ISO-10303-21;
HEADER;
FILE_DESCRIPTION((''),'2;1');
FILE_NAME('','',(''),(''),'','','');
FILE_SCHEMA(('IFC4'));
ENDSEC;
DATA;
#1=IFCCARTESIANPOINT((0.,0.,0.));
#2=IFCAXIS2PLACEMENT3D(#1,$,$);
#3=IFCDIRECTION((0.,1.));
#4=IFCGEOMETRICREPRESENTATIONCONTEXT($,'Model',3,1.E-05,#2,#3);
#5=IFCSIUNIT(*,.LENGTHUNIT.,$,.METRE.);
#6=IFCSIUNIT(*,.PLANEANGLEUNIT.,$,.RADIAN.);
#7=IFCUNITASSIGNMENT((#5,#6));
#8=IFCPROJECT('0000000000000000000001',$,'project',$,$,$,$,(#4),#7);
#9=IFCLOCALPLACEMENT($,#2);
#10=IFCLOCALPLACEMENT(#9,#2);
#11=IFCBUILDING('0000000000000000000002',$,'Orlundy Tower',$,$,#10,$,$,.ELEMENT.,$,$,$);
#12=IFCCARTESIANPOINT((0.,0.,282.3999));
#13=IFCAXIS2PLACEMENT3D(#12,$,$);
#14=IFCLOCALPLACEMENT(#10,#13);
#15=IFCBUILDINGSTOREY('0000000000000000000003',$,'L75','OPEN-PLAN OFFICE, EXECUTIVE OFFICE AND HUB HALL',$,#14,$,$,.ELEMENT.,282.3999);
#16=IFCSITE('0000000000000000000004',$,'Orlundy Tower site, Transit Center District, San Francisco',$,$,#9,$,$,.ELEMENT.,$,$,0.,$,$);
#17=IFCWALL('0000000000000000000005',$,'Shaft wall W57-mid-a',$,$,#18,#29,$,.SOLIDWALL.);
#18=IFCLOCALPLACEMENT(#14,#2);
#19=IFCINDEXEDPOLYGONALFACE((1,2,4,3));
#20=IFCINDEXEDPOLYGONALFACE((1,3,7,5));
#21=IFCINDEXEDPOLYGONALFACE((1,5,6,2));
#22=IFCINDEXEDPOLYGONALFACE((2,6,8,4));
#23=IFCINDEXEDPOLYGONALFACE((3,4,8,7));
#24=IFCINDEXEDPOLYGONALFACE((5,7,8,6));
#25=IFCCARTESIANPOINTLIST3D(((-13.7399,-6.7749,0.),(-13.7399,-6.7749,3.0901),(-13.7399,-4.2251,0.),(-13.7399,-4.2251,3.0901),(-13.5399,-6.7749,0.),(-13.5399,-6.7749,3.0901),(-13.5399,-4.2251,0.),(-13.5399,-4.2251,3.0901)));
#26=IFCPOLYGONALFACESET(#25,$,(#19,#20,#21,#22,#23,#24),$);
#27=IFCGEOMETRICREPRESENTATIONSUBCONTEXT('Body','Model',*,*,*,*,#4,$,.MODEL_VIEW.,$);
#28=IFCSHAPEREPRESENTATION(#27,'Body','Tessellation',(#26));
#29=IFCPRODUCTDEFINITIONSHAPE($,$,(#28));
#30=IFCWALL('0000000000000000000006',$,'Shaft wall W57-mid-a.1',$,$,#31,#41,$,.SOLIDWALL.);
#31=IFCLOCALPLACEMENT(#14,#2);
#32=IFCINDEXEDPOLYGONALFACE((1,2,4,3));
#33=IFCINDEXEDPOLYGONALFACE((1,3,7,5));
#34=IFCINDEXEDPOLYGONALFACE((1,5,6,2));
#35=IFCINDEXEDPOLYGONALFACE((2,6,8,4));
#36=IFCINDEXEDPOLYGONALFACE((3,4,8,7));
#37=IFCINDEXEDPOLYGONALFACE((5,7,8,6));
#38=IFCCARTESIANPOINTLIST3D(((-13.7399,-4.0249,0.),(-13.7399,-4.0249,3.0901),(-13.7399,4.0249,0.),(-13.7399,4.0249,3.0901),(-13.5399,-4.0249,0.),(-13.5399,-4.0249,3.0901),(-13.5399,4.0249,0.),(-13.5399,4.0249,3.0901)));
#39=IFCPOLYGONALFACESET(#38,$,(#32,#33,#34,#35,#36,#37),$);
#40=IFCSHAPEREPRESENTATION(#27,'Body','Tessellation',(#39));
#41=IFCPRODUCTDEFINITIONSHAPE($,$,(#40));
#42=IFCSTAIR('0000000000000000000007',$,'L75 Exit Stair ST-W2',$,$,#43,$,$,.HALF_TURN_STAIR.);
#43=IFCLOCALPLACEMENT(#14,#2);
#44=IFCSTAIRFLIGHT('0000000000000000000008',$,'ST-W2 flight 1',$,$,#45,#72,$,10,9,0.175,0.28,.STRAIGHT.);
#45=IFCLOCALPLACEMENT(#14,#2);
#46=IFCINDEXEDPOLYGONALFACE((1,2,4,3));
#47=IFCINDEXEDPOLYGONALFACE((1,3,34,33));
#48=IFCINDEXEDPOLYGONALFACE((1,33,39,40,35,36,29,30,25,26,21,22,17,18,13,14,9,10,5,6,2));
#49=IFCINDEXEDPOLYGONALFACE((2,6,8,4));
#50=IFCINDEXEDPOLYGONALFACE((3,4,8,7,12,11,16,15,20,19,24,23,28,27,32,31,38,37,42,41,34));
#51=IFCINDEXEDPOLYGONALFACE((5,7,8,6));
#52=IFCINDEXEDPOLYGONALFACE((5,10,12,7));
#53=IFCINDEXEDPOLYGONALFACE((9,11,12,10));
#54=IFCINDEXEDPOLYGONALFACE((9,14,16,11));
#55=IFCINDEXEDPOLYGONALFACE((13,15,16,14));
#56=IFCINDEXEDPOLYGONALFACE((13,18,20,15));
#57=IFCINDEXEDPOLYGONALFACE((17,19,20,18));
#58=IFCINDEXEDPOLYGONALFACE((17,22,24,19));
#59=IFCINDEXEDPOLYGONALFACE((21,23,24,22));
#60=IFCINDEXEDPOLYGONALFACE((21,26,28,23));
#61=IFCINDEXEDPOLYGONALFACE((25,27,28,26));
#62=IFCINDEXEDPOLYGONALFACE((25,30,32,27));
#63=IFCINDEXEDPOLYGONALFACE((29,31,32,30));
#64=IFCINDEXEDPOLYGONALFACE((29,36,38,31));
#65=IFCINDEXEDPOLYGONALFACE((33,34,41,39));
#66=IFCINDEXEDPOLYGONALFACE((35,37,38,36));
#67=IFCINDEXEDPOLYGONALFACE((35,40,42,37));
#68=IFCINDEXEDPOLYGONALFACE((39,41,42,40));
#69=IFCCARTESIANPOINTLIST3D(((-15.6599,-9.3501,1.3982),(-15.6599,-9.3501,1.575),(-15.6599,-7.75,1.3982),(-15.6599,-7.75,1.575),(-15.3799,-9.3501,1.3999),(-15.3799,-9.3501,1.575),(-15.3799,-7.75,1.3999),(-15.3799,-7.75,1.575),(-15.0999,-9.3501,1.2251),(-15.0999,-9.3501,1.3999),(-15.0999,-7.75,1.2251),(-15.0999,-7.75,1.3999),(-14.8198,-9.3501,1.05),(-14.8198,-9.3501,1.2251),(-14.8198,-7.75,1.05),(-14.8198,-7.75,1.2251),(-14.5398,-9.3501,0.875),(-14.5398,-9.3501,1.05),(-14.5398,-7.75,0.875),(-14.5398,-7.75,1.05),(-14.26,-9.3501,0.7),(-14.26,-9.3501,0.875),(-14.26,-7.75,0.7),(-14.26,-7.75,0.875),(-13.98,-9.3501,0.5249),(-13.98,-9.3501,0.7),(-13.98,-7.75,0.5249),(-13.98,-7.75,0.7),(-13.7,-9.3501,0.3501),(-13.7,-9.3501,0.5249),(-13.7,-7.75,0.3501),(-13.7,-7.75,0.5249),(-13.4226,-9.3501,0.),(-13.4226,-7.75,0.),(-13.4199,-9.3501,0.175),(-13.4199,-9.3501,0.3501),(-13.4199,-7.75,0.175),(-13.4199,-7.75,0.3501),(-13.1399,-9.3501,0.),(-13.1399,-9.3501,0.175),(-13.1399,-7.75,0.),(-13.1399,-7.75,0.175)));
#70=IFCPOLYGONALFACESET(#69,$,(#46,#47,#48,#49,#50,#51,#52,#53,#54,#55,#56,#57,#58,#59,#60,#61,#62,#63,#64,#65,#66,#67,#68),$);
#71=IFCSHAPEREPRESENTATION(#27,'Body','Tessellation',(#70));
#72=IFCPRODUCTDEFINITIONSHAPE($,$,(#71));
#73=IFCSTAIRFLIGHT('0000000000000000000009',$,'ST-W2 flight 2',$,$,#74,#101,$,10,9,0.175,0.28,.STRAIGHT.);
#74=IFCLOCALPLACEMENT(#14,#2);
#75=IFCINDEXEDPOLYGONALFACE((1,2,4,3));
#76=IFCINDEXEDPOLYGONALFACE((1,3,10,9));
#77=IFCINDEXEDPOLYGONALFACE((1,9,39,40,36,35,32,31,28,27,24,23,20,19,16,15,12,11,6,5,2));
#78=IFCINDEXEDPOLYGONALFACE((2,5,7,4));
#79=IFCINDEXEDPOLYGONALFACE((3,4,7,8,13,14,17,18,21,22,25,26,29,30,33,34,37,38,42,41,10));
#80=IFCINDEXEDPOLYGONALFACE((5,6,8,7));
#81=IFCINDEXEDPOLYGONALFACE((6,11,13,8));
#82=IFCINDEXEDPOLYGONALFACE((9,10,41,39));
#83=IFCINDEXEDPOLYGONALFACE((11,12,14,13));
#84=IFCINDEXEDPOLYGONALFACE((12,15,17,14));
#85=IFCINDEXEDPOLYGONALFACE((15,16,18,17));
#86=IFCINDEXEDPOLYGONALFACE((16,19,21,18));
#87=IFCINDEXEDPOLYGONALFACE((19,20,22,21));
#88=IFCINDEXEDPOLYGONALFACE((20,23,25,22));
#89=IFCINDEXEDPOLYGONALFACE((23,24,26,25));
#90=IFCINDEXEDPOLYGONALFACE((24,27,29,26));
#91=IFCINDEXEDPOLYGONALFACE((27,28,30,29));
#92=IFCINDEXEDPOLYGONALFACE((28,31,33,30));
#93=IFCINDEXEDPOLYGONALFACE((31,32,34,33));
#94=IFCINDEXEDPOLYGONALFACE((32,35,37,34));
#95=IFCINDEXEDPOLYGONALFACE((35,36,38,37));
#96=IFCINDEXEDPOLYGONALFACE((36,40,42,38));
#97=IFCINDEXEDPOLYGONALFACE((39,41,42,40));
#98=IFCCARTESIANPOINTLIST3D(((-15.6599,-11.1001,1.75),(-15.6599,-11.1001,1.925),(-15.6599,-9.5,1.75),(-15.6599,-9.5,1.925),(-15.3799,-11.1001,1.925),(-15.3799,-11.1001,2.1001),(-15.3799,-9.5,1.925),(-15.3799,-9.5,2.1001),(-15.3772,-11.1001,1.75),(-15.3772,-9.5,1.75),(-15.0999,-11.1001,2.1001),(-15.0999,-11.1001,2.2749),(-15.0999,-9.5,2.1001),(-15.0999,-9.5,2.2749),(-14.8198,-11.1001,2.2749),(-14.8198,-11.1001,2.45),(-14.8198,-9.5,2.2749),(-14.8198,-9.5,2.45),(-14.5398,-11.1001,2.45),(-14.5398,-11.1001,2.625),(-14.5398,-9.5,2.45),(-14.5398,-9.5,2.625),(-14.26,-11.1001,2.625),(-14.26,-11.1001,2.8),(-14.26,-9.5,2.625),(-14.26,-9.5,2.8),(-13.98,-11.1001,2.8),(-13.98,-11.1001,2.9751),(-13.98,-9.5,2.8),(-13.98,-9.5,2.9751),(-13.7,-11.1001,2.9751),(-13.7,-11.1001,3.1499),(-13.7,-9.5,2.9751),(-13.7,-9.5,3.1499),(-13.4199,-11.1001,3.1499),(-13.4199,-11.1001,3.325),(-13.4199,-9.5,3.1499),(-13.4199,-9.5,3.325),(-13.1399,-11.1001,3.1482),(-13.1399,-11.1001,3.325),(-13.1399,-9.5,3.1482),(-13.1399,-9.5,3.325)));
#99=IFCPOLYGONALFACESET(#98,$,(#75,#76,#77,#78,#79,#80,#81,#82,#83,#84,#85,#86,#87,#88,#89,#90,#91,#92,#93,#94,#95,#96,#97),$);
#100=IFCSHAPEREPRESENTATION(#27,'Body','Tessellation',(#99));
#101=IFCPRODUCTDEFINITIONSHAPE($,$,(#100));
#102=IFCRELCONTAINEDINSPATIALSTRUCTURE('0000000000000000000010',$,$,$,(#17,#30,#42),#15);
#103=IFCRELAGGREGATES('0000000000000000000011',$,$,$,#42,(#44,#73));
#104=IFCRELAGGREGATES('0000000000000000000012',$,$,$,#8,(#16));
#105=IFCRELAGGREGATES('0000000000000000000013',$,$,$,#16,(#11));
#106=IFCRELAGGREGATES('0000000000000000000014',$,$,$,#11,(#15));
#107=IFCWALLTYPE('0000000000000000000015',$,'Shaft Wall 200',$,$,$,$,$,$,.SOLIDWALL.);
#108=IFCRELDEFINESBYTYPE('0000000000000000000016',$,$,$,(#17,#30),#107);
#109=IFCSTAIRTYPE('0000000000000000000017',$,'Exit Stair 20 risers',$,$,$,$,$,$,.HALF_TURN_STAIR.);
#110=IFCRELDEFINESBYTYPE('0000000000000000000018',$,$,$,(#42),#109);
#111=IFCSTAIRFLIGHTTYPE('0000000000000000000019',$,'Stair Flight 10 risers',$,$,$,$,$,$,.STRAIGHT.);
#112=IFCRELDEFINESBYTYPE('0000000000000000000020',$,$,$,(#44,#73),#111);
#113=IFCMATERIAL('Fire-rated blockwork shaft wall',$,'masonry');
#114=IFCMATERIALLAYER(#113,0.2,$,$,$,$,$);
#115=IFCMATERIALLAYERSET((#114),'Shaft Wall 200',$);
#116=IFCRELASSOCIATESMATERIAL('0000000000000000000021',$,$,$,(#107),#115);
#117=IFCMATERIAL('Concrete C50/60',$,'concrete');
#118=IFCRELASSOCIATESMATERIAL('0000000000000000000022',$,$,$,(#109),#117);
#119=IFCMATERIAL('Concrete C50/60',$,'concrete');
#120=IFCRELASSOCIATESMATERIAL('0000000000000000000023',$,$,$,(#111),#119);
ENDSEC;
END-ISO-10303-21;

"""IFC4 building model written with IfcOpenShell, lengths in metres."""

from ifc_helpers import new_model, si_unit, direction, frame, frame_2d, origin, place, context, subcontext, project, spatial, polyline, rectangle, outline, extrude, material, layer, layer_set, type_object, element, aggregate, save


model = new_model("IFC4")

# Units and contexts
model_context = context("Model", 3, precision=1e-05, world=origin(), true_north=direction((0.0, 1.0)))
body_context = subcontext(model_context, "Body", "Model", "MODEL_VIEW")
ifc_project = project(units=[si_unit("LENGTHUNIT", "METRE"), si_unit("PLANEANGLEUNIT", "RADIAN")], contexts=[model_context])

# Site, building, storey
site_placement = place(None, origin())
site = spatial("IfcSite", under=ifc_project, at=site_placement, Name="Orlundy Tower site, Transit Center District, San Francisco", CompositionType="ELEMENT", RefElevation=0.0)
building_placement = place(site_placement, origin())
building = spatial("IfcBuilding", under=site, at=building_placement, Name="Orlundy Tower", CompositionType="ELEMENT")
storey_placement = place(building_placement, frame((0.0, 0.0, 282.3999)))
storey = spatial("IfcBuildingStorey", under=building, at=storey_placement, Name="L75", Description="OPEN-PLAN OFFICE, EXECUTIVE OFFICE AND HUB HALL", CompositionType="ELEMENT", Elevation=282.3999)

# Shared definitions
ifc_material_1 = material(Name="Fire-rated blockwork shaft wall", Category="masonry")
ifc_layer_1 = layer(ifc_material_1, 0.2)
ifc_layer_set_1 = layer_set([ifc_layer_1], Name="Shaft Wall 200")
wall_type_1 = type_object("IfcWallType", Name="Shaft Wall 200", PredefinedType="SOLIDWALL", material=ifc_layer_set_1)

# Walls
wall_1_placement = place(storey_placement, frame((-13.6399, -6.7749, 0.0), z_axis=(0.0, 0.0, 1.0), x_axis=(0.0, 1.0, 0.0)))
element("IfcWall", 1, at=wall_1_placement, inside=storey, type_object=wall_type_1, Name="Shaft wall W57-mid-a", PredefinedType="SOLIDWALL", context=body_context, shape_type="SweptSolid", body=[
    extrude(rectangle(XDim=2.5498, YDim=0.2, at=frame_2d((1.2749, 0.0))), origin(), (0.0, 0.0, 1.0), 3.0901),
])
wall_2_placement = place(storey_placement, frame((-13.6399, -4.0249, 0.0), z_axis=(0.0, 0.0, 1.0), x_axis=(0.0, 1.0, 0.0)))
element("IfcWall", 2, at=wall_2_placement, inside=storey, type_object=wall_type_1, Name="Shaft wall W57-mid-a.1", PredefinedType="SOLIDWALL", context=body_context, shape_type="SweptSolid", body=[
    extrude(rectangle(XDim=8.0498, YDim=0.2, at=frame_2d((4.0249, 0.0))), origin(), (0.0, 0.0, 1.0), 3.0901),
])

# Stair, stair flights
ifc_material_2 = material(Name="Concrete C50/60", Category="concrete")
stair_type = type_object("IfcStairType", Name="Exit Stair 20 risers", PredefinedType="HALF_TURN_STAIR", material=ifc_material_2)
stair_placement = place(storey_placement, origin())
stair = element("IfcStair", 3, at=stair_placement, inside=storey, type_object=stair_type, Name="L75 Exit Stair ST-W2", PredefinedType="HALF_TURN_STAIR")
ifc_material_3 = material(Name="Concrete C50/60", Category="concrete")
stair_flight_type = type_object("IfcStairFlightType", Name="Stair Flight 10 risers", PredefinedType="STRAIGHT", material=ifc_material_3)
stair_flight_1_placement = place(storey_placement, frame((-13.1399, -8.55, 0.0), z_axis=(0.0, 0.0, 1.0), x_axis=(-1.0, 0.0, 0.0)))
stair_flight_1 = element("IfcStairFlight", 4, at=stair_flight_1_placement, type_object=stair_flight_type, Name="ST-W2 flight 1", NumberOfRisers=10, NumberOfTreads=9, PredefinedType="STRAIGHT", RiserHeight=0.175, TreadLength=0.28, context=body_context, shape_type="SweptSolid", body=[
    extrude(outline(polyline([(0.0, 0.0), (0.0, 0.175), (0.28, 0.175), (0.28, 0.3501), (0.5601, 0.3501), (0.5601, 0.5249), (0.8401, 0.5249), (0.8401, 0.7), (1.1201, 0.7), (1.1201, 0.875), (1.3999, 0.875), (1.3999, 1.05), (1.6799, 1.05), (1.6799, 1.2251), (1.96, 1.2251), (1.96, 1.3999), (2.24, 1.3999), (2.24, 1.575), (2.52, 1.575), (2.52, 1.75), (2.52, 1.3982), (0.2827, 0.0), (0.0, 0.0)])), frame((0.0, 0.8, 0.0), z_axis=(0.0, -1.0, 0.0), x_axis=(1.0, 0.0, 0.0)), (0.0, 0.0, 1.0), 1.6001),
])
stair_flight_2_placement = place(storey_placement, frame((-15.6599, -10.3, 1.75), z_axis=(0.0, 0.0, 1.0), x_axis=(1.0, 0.0, 0.0)))
stair_flight_2 = element("IfcStairFlight", 5, at=stair_flight_2_placement, type_object=stair_flight_type, Name="ST-W2 flight 2", NumberOfRisers=10, NumberOfTreads=9, PredefinedType="STRAIGHT", RiserHeight=0.175, TreadLength=0.28, context=body_context, shape_type="SweptSolid", body=[
    extrude(outline(polyline([(0.0, 0.0), (0.0, 0.175), (0.28, 0.175), (0.28, 0.3501), (0.5601, 0.3501), (0.5601, 0.5249), (0.8401, 0.5249), (0.8401, 0.7), (1.1201, 0.7), (1.1201, 0.875), (1.3999, 0.875), (1.3999, 1.05), (1.6799, 1.05), (1.6799, 1.2251), (1.96, 1.2251), (1.96, 1.3999), (2.24, 1.3999), (2.24, 1.575), (2.52, 1.575), (2.52, 1.75), (2.52, 1.3982), (0.2827, 0.0), (0.0, 0.0)])), frame((0.0, 0.8, 0.0), z_axis=(0.0, -1.0, 0.0), x_axis=(1.0, 0.0, 0.0)), (0.0, 0.0, 1.0), 1.6001),
])
aggregate(stair, [stair_flight_1, stair_flight_2])

save(model, "model.ifc")
